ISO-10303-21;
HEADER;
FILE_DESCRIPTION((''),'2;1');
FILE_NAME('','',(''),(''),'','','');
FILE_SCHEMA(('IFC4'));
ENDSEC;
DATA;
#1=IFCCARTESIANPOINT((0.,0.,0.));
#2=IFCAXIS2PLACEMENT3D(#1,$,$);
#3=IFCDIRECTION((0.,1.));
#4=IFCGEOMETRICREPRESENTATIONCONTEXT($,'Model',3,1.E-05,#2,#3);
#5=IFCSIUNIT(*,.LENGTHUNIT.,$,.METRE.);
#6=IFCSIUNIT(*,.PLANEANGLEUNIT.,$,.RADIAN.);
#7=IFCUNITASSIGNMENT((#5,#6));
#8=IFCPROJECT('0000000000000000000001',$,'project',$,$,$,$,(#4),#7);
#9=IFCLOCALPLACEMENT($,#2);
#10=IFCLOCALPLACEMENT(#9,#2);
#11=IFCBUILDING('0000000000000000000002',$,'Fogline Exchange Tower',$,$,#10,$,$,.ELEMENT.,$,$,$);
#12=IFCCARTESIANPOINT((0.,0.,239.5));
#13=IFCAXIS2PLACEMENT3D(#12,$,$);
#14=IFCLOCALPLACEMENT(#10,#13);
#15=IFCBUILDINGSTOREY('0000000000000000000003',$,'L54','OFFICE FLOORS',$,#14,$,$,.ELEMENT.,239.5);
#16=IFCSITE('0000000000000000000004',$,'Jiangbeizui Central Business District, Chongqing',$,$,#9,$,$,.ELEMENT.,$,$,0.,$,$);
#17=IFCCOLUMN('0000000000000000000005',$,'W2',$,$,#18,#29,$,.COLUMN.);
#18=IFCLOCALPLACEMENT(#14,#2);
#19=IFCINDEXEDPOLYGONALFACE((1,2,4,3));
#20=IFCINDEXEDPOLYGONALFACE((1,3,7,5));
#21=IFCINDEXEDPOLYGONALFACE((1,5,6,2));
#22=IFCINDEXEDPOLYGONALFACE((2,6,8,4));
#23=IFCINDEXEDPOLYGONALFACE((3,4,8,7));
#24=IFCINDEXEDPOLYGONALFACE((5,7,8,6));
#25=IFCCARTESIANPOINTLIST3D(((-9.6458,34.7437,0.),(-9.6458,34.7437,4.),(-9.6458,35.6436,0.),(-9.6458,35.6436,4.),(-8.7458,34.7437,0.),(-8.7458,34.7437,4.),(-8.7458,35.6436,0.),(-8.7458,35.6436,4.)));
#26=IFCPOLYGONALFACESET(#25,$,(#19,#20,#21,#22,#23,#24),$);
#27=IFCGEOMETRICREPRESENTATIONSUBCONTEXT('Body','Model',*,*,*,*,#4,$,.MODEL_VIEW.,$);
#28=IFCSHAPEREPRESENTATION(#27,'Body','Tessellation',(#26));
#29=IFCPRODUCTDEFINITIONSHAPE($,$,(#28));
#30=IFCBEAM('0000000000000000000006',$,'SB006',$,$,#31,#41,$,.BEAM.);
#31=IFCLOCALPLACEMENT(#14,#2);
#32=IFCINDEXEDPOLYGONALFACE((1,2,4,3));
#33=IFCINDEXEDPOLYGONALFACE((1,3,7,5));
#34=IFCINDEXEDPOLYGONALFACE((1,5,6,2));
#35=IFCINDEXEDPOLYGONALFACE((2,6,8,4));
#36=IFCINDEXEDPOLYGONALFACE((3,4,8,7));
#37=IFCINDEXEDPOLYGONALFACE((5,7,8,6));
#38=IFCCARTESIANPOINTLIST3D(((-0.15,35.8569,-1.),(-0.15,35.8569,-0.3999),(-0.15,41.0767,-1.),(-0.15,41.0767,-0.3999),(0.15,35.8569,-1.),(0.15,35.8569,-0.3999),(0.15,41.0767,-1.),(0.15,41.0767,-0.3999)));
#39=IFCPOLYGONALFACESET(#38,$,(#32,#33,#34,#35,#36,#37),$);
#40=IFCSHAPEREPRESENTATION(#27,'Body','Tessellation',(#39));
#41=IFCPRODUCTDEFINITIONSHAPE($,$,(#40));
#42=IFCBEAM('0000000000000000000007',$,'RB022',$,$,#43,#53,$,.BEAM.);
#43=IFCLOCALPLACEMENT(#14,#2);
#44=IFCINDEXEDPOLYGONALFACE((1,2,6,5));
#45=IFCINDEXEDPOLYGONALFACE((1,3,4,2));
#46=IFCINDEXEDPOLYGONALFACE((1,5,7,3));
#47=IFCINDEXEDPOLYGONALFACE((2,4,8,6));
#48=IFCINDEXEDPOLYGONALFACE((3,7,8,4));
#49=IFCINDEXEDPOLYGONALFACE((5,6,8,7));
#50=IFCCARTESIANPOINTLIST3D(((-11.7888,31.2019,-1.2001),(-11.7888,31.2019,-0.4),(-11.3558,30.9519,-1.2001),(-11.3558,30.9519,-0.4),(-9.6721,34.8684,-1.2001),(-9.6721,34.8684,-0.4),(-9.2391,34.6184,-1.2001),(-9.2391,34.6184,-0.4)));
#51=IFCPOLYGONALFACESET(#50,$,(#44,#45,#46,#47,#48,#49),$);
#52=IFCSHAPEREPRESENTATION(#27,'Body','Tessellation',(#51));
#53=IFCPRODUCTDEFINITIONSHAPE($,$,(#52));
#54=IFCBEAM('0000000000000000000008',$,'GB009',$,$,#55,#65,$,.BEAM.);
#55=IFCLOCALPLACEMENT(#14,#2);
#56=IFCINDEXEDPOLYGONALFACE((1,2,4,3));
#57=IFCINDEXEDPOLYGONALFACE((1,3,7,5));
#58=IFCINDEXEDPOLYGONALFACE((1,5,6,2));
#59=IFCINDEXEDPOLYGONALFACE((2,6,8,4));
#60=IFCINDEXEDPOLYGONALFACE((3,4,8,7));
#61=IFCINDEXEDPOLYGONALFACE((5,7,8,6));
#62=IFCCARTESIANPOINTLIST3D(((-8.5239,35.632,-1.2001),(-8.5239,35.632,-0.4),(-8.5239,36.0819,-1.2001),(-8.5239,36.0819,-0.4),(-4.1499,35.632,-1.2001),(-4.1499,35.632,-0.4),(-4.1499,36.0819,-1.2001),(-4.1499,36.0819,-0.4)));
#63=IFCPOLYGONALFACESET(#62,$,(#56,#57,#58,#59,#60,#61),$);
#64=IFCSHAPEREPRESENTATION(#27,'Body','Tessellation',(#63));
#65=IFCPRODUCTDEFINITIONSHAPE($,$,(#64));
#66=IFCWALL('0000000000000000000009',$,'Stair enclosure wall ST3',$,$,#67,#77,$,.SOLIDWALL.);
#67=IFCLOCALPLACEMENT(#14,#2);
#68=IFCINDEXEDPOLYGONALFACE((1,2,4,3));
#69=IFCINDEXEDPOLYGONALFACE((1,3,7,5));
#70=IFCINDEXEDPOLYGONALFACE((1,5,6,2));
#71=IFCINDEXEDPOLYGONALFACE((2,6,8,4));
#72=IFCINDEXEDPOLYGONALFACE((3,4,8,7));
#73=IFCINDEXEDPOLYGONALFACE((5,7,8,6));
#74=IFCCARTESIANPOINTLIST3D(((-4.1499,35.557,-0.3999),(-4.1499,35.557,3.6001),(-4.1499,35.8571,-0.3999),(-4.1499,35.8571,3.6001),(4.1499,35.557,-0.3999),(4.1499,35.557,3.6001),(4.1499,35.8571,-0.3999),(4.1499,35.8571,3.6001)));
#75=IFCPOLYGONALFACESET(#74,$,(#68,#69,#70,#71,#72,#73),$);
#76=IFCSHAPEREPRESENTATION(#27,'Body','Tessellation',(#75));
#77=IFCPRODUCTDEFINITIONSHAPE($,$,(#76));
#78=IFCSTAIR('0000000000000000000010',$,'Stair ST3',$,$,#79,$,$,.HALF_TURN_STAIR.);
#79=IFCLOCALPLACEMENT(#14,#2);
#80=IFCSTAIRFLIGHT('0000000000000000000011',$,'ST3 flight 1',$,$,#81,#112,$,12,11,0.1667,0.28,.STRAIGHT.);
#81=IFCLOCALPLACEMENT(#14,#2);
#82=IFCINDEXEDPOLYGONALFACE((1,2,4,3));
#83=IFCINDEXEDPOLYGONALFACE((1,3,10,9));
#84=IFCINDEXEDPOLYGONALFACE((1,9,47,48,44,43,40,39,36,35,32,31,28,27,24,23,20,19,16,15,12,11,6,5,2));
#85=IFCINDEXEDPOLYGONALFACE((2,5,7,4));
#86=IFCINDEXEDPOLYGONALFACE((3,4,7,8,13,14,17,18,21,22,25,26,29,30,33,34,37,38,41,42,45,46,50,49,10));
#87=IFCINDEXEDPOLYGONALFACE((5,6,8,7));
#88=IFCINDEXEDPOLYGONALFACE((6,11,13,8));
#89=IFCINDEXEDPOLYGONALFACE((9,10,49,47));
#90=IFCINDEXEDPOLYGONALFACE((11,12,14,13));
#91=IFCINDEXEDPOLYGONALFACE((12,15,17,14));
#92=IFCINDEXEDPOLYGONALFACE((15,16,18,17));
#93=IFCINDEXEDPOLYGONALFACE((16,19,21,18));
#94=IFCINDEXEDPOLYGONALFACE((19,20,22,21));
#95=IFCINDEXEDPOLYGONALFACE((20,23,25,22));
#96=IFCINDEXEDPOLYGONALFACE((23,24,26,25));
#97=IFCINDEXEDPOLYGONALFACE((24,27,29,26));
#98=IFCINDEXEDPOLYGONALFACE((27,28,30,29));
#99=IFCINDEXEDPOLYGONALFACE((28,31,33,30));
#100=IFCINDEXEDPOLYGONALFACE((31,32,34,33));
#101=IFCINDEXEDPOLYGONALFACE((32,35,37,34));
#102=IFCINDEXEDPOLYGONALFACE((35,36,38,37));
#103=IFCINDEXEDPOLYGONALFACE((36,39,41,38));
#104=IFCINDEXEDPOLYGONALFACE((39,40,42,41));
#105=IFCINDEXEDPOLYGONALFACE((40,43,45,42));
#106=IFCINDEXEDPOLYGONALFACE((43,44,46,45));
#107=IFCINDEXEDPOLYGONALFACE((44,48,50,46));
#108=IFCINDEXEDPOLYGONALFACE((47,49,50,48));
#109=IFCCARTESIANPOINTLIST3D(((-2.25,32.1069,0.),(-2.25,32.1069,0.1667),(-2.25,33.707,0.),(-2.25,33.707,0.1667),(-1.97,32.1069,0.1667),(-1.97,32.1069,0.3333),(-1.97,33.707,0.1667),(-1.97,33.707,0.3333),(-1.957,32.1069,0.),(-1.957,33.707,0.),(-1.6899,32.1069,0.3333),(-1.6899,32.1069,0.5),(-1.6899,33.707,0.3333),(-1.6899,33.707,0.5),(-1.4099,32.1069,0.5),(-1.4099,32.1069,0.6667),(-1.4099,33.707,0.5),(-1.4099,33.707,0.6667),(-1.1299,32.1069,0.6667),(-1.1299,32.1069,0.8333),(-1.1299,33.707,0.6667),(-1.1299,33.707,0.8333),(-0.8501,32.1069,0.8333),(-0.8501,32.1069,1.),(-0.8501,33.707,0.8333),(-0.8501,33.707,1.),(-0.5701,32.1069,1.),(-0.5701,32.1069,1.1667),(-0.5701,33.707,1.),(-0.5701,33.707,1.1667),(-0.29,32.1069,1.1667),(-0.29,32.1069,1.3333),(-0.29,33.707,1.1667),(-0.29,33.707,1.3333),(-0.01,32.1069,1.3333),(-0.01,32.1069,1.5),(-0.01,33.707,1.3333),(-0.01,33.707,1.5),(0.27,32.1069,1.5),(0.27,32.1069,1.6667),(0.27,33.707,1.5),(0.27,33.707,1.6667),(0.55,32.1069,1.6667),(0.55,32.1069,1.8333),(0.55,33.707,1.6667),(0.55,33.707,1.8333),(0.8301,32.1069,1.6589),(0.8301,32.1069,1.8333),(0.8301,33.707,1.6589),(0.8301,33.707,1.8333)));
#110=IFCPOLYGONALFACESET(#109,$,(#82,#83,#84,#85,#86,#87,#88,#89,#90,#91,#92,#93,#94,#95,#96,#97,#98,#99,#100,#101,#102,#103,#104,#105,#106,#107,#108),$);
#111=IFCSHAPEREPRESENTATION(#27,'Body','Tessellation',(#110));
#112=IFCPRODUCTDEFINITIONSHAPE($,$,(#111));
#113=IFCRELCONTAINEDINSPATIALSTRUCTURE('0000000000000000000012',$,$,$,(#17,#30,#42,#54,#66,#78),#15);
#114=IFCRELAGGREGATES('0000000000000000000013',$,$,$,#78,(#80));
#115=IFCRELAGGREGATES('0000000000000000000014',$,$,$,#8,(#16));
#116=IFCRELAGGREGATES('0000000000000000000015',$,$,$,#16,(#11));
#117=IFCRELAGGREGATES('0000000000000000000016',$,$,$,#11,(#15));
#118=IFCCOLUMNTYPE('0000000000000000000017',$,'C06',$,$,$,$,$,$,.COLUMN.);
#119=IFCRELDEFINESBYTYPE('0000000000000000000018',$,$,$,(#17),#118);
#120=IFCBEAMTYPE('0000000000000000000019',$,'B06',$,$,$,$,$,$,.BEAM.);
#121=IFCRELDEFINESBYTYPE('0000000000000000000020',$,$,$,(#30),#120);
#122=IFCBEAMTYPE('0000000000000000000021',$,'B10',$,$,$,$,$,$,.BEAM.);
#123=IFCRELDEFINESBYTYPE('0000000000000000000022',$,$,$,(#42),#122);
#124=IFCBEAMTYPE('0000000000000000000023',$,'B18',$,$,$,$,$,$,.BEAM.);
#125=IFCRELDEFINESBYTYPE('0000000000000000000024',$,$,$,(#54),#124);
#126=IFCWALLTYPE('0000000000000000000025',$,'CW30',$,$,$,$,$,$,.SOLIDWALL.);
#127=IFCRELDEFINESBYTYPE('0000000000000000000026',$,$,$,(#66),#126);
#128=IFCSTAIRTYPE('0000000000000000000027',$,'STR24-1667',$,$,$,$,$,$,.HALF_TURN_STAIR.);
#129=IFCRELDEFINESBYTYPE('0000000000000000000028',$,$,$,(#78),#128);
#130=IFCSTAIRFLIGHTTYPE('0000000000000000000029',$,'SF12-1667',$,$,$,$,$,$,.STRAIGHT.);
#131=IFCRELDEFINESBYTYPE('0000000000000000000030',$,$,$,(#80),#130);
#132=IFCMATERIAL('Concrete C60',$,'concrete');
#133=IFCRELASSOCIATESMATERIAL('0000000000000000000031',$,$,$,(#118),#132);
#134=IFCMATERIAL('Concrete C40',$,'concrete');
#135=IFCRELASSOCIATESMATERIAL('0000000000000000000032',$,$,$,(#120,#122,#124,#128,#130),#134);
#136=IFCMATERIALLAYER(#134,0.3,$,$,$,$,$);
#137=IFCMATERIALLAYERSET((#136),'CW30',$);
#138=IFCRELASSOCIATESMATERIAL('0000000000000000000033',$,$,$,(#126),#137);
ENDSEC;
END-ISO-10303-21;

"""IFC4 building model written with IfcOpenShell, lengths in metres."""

from ifc_helpers import new_model, si_unit, direction, frame, frame_2d, origin, origin_2d, place, context, subcontext, project, spatial, polyline, rectangle, outline, extrude, material, layer, layer_set, material_profile, profile_set, type_object, element, aggregate, save


model = new_model("IFC4")

# Units and contexts
model_context = context("Model", 3, precision=1e-05, world=origin(), true_north=direction((0.0, 1.0)))
body_context = subcontext(model_context, "Body", "Model", "MODEL_VIEW")
ifc_project = project(units=[si_unit("LENGTHUNIT", "METRE"), si_unit("PLANEANGLEUNIT", "RADIAN")], contexts=[model_context])

# Site, building, storey
site_placement = place(None, origin())
site = spatial("IfcSite", under=ifc_project, at=site_placement, Name="Jiangbeizui Central Business District, Chongqing", CompositionType="ELEMENT", RefElevation=0.0)
building_placement = place(site_placement, origin())
building = spatial("IfcBuilding", under=site, at=building_placement, Name="Fogline Exchange Tower", CompositionType="ELEMENT")
storey_placement = place(building_placement, frame((0.0, 0.0, 239.5)))
storey = spatial("IfcBuildingStorey", under=building, at=storey_placement, Name="L54", Description="OFFICE FLOORS", CompositionType="ELEMENT", Elevation=239.5)

# Column
ifc_material_1 = material(Name="Concrete C60", Category="concrete")
ifc_material_profile_1 = material_profile(ifc_material_1, rectangle(XDim=0.8999, YDim=0.8999, at=origin_2d()), Name="RC 900x900")
ifc_profile_set_1 = profile_set([ifc_material_profile_1], Name="Concrete C60")
column_type = type_object("IfcColumnType", Name="C06", PredefinedType="COLUMN", material=ifc_profile_set_1)
column_placement = place(storey_placement, frame((-9.1958, 35.1936, 0.0), z_axis=(0.0, 0.0, 1.0), x_axis=(1.0, 0.0, 0.0)))
element("IfcColumn", 1, at=column_placement, inside=storey, type_object=column_type, Name="W2", PredefinedType="COLUMN", context=body_context, shape_type="SweptSolid", body=[
    extrude(rectangle(XDim=0.8999, YDim=0.8999, at=origin_2d()), origin(), (0.0, 0.0, 1.0), 4.0),
])

# Beams
ifc_material_2 = material(Name="Concrete C40", Category="concrete")
ifc_material_profile_2 = material_profile(ifc_material_2, rectangle(XDim=0.3, YDim=0.6001, at=origin_2d()), Name="RC 300x600")
ifc_profile_set_2 = profile_set([ifc_material_profile_2], Name="Concrete C40")
beam_type_1 = type_object("IfcBeamType", Name="B06", PredefinedType="BEAM", material=ifc_profile_set_2)
beam_1_placement = place(storey_placement, frame((0.0, 35.8569, -0.7), z_axis=(0.0, 1.0, 0.0), x_axis=(-1.0, 0.0, 0.0)))
element("IfcBeam", 2, at=beam_1_placement, inside=storey, type_object=beam_type_1, Name="SB006", PredefinedType="BEAM", context=body_context, shape_type="SweptSolid", body=[
    extrude(rectangle(XDim=0.3, YDim=0.6001, at=origin_2d()), origin(), (0.0, 0.0, 1.0), 5.2197),
])
ifc_material_profile_3 = material_profile(ifc_material_2, rectangle(XDim=0.5, YDim=0.8, at=origin_2d()), Name="RC 500x800")
ifc_profile_set_3 = profile_set([ifc_material_profile_3], Name="Concrete C40")
beam_type_2 = type_object("IfcBeamType", Name="B10", PredefinedType="BEAM", material=ifc_profile_set_3)
beam_2_placement = place(storey_placement, frame((-9.4556, 34.7434, -0.8), z_axis=(-0.499972, -0.866042, 0.0), x_axis=(0.866042, -0.499972, 0.0)))
element("IfcBeam", 3, at=beam_2_placement, inside=storey, type_object=beam_type_2, Name="RB022", PredefinedType="BEAM", context=body_context, shape_type="SweptSolid", body=[
    extrude(rectangle(XDim=0.5, YDim=0.8, at=origin_2d()), origin(), (0.0, 0.0, 1.0), 4.2336),
])
ifc_material_profile_4 = material_profile(ifc_material_2, rectangle(XDim=0.45, YDim=0.8, at=origin_2d()), Name="RC 450x800")
ifc_profile_set_4 = profile_set([ifc_material_profile_4], Name="Concrete C40")
beam_type_3 = type_object("IfcBeamType", Name="B18", PredefinedType="BEAM", material=ifc_profile_set_4)
beam_3_placement = place(storey_placement, frame((-8.5239, 35.8569, -0.8), z_axis=(1.0, 0.0, 0.0), x_axis=(0.0, 1.0, 0.0)))
element("IfcBeam", 4, at=beam_3_placement, inside=storey, type_object=beam_type_3, Name="GB009", PredefinedType="BEAM", context=body_context, shape_type="SweptSolid", body=[
    extrude(rectangle(XDim=0.45, YDim=0.8, at=origin_2d()), origin(), (0.0, 0.0, 1.0), 4.374),
])

# Wall
ifc_layer = layer(ifc_material_2, 0.3)
ifc_layer_set = layer_set([ifc_layer], Name="CW30")
wall_type = type_object("IfcWallType", Name="CW30", PredefinedType="SOLIDWALL", material=ifc_layer_set)
wall_placement = place(storey_placement, frame((-4.1499, 35.707, -0.3999), z_axis=(0.0, 0.0, 1.0), x_axis=(1.0, 0.0, 0.0)))
element("IfcWall", 5, at=wall_placement, inside=storey, type_object=wall_type, Name="Stair enclosure wall ST3", PredefinedType="SOLIDWALL", context=body_context, shape_type="SweptSolid", body=[
    extrude(rectangle(XDim=8.2998, YDim=0.3, at=frame_2d((4.1499, 0.0))), origin(), (0.0, 0.0, 1.0), 4.0),
])

# Stair, stair flight
stair_type = type_object("IfcStairType", Name="STR24-1667", PredefinedType="HALF_TURN_STAIR", material=ifc_material_2)
stair_placement = place(storey_placement, origin())
stair = element("IfcStair", 6, at=stair_placement, inside=storey, type_object=stair_type, Name="Stair ST3", PredefinedType="HALF_TURN_STAIR")
stair_flight_type = type_object("IfcStairFlightType", Name="SF12-1667", PredefinedType="STRAIGHT", material=ifc_material_2)
stair_flight_placement = place(storey_placement, frame((-2.25, 32.907, 0.0), z_axis=(0.0, 0.0, 1.0), x_axis=(1.0, 0.0, 0.0)))
stair_flight = element("IfcStairFlight", 7, at=stair_flight_placement, type_object=stair_flight_type, Name="ST3 flight 1", NumberOfRisers=12, NumberOfTreads=11, PredefinedType="STRAIGHT", RiserHeight=0.1667, TreadLength=0.28, context=body_context, shape_type="SweptSolid", body=[
    extrude(outline(polyline([(0.0, 0.0), (0.0, 0.1667), (0.28, 0.1667), (0.28, 0.3333), (0.5601, 0.3333), (0.5601, 0.5), (0.8401, 0.5), (0.8401, 0.6667), (1.1201, 0.6667), (1.1201, 0.8333), (1.3999, 0.8333), (1.3999, 1.0), (1.6799, 1.0), (1.6799, 1.1667), (1.96, 1.1667), (1.96, 1.3333), (2.24, 1.3333), (2.24, 1.5), (2.52, 1.5), (2.52, 1.6667), (2.8, 1.6667), (2.8, 1.8333), (3.0801, 1.8333), (3.0801, 2.0), (3.0801, 1.6589), (0.293, 0.0), (0.0, 0.0)])), frame((0.0, 0.8, 0.0), z_axis=(0.0, -1.0, 0.0), x_axis=(1.0, 0.0, 0.0)), (0.0, 0.0, 1.0), 1.6001),
])
aggregate(stair, [stair_flight])

save(model, "model.ifc")
